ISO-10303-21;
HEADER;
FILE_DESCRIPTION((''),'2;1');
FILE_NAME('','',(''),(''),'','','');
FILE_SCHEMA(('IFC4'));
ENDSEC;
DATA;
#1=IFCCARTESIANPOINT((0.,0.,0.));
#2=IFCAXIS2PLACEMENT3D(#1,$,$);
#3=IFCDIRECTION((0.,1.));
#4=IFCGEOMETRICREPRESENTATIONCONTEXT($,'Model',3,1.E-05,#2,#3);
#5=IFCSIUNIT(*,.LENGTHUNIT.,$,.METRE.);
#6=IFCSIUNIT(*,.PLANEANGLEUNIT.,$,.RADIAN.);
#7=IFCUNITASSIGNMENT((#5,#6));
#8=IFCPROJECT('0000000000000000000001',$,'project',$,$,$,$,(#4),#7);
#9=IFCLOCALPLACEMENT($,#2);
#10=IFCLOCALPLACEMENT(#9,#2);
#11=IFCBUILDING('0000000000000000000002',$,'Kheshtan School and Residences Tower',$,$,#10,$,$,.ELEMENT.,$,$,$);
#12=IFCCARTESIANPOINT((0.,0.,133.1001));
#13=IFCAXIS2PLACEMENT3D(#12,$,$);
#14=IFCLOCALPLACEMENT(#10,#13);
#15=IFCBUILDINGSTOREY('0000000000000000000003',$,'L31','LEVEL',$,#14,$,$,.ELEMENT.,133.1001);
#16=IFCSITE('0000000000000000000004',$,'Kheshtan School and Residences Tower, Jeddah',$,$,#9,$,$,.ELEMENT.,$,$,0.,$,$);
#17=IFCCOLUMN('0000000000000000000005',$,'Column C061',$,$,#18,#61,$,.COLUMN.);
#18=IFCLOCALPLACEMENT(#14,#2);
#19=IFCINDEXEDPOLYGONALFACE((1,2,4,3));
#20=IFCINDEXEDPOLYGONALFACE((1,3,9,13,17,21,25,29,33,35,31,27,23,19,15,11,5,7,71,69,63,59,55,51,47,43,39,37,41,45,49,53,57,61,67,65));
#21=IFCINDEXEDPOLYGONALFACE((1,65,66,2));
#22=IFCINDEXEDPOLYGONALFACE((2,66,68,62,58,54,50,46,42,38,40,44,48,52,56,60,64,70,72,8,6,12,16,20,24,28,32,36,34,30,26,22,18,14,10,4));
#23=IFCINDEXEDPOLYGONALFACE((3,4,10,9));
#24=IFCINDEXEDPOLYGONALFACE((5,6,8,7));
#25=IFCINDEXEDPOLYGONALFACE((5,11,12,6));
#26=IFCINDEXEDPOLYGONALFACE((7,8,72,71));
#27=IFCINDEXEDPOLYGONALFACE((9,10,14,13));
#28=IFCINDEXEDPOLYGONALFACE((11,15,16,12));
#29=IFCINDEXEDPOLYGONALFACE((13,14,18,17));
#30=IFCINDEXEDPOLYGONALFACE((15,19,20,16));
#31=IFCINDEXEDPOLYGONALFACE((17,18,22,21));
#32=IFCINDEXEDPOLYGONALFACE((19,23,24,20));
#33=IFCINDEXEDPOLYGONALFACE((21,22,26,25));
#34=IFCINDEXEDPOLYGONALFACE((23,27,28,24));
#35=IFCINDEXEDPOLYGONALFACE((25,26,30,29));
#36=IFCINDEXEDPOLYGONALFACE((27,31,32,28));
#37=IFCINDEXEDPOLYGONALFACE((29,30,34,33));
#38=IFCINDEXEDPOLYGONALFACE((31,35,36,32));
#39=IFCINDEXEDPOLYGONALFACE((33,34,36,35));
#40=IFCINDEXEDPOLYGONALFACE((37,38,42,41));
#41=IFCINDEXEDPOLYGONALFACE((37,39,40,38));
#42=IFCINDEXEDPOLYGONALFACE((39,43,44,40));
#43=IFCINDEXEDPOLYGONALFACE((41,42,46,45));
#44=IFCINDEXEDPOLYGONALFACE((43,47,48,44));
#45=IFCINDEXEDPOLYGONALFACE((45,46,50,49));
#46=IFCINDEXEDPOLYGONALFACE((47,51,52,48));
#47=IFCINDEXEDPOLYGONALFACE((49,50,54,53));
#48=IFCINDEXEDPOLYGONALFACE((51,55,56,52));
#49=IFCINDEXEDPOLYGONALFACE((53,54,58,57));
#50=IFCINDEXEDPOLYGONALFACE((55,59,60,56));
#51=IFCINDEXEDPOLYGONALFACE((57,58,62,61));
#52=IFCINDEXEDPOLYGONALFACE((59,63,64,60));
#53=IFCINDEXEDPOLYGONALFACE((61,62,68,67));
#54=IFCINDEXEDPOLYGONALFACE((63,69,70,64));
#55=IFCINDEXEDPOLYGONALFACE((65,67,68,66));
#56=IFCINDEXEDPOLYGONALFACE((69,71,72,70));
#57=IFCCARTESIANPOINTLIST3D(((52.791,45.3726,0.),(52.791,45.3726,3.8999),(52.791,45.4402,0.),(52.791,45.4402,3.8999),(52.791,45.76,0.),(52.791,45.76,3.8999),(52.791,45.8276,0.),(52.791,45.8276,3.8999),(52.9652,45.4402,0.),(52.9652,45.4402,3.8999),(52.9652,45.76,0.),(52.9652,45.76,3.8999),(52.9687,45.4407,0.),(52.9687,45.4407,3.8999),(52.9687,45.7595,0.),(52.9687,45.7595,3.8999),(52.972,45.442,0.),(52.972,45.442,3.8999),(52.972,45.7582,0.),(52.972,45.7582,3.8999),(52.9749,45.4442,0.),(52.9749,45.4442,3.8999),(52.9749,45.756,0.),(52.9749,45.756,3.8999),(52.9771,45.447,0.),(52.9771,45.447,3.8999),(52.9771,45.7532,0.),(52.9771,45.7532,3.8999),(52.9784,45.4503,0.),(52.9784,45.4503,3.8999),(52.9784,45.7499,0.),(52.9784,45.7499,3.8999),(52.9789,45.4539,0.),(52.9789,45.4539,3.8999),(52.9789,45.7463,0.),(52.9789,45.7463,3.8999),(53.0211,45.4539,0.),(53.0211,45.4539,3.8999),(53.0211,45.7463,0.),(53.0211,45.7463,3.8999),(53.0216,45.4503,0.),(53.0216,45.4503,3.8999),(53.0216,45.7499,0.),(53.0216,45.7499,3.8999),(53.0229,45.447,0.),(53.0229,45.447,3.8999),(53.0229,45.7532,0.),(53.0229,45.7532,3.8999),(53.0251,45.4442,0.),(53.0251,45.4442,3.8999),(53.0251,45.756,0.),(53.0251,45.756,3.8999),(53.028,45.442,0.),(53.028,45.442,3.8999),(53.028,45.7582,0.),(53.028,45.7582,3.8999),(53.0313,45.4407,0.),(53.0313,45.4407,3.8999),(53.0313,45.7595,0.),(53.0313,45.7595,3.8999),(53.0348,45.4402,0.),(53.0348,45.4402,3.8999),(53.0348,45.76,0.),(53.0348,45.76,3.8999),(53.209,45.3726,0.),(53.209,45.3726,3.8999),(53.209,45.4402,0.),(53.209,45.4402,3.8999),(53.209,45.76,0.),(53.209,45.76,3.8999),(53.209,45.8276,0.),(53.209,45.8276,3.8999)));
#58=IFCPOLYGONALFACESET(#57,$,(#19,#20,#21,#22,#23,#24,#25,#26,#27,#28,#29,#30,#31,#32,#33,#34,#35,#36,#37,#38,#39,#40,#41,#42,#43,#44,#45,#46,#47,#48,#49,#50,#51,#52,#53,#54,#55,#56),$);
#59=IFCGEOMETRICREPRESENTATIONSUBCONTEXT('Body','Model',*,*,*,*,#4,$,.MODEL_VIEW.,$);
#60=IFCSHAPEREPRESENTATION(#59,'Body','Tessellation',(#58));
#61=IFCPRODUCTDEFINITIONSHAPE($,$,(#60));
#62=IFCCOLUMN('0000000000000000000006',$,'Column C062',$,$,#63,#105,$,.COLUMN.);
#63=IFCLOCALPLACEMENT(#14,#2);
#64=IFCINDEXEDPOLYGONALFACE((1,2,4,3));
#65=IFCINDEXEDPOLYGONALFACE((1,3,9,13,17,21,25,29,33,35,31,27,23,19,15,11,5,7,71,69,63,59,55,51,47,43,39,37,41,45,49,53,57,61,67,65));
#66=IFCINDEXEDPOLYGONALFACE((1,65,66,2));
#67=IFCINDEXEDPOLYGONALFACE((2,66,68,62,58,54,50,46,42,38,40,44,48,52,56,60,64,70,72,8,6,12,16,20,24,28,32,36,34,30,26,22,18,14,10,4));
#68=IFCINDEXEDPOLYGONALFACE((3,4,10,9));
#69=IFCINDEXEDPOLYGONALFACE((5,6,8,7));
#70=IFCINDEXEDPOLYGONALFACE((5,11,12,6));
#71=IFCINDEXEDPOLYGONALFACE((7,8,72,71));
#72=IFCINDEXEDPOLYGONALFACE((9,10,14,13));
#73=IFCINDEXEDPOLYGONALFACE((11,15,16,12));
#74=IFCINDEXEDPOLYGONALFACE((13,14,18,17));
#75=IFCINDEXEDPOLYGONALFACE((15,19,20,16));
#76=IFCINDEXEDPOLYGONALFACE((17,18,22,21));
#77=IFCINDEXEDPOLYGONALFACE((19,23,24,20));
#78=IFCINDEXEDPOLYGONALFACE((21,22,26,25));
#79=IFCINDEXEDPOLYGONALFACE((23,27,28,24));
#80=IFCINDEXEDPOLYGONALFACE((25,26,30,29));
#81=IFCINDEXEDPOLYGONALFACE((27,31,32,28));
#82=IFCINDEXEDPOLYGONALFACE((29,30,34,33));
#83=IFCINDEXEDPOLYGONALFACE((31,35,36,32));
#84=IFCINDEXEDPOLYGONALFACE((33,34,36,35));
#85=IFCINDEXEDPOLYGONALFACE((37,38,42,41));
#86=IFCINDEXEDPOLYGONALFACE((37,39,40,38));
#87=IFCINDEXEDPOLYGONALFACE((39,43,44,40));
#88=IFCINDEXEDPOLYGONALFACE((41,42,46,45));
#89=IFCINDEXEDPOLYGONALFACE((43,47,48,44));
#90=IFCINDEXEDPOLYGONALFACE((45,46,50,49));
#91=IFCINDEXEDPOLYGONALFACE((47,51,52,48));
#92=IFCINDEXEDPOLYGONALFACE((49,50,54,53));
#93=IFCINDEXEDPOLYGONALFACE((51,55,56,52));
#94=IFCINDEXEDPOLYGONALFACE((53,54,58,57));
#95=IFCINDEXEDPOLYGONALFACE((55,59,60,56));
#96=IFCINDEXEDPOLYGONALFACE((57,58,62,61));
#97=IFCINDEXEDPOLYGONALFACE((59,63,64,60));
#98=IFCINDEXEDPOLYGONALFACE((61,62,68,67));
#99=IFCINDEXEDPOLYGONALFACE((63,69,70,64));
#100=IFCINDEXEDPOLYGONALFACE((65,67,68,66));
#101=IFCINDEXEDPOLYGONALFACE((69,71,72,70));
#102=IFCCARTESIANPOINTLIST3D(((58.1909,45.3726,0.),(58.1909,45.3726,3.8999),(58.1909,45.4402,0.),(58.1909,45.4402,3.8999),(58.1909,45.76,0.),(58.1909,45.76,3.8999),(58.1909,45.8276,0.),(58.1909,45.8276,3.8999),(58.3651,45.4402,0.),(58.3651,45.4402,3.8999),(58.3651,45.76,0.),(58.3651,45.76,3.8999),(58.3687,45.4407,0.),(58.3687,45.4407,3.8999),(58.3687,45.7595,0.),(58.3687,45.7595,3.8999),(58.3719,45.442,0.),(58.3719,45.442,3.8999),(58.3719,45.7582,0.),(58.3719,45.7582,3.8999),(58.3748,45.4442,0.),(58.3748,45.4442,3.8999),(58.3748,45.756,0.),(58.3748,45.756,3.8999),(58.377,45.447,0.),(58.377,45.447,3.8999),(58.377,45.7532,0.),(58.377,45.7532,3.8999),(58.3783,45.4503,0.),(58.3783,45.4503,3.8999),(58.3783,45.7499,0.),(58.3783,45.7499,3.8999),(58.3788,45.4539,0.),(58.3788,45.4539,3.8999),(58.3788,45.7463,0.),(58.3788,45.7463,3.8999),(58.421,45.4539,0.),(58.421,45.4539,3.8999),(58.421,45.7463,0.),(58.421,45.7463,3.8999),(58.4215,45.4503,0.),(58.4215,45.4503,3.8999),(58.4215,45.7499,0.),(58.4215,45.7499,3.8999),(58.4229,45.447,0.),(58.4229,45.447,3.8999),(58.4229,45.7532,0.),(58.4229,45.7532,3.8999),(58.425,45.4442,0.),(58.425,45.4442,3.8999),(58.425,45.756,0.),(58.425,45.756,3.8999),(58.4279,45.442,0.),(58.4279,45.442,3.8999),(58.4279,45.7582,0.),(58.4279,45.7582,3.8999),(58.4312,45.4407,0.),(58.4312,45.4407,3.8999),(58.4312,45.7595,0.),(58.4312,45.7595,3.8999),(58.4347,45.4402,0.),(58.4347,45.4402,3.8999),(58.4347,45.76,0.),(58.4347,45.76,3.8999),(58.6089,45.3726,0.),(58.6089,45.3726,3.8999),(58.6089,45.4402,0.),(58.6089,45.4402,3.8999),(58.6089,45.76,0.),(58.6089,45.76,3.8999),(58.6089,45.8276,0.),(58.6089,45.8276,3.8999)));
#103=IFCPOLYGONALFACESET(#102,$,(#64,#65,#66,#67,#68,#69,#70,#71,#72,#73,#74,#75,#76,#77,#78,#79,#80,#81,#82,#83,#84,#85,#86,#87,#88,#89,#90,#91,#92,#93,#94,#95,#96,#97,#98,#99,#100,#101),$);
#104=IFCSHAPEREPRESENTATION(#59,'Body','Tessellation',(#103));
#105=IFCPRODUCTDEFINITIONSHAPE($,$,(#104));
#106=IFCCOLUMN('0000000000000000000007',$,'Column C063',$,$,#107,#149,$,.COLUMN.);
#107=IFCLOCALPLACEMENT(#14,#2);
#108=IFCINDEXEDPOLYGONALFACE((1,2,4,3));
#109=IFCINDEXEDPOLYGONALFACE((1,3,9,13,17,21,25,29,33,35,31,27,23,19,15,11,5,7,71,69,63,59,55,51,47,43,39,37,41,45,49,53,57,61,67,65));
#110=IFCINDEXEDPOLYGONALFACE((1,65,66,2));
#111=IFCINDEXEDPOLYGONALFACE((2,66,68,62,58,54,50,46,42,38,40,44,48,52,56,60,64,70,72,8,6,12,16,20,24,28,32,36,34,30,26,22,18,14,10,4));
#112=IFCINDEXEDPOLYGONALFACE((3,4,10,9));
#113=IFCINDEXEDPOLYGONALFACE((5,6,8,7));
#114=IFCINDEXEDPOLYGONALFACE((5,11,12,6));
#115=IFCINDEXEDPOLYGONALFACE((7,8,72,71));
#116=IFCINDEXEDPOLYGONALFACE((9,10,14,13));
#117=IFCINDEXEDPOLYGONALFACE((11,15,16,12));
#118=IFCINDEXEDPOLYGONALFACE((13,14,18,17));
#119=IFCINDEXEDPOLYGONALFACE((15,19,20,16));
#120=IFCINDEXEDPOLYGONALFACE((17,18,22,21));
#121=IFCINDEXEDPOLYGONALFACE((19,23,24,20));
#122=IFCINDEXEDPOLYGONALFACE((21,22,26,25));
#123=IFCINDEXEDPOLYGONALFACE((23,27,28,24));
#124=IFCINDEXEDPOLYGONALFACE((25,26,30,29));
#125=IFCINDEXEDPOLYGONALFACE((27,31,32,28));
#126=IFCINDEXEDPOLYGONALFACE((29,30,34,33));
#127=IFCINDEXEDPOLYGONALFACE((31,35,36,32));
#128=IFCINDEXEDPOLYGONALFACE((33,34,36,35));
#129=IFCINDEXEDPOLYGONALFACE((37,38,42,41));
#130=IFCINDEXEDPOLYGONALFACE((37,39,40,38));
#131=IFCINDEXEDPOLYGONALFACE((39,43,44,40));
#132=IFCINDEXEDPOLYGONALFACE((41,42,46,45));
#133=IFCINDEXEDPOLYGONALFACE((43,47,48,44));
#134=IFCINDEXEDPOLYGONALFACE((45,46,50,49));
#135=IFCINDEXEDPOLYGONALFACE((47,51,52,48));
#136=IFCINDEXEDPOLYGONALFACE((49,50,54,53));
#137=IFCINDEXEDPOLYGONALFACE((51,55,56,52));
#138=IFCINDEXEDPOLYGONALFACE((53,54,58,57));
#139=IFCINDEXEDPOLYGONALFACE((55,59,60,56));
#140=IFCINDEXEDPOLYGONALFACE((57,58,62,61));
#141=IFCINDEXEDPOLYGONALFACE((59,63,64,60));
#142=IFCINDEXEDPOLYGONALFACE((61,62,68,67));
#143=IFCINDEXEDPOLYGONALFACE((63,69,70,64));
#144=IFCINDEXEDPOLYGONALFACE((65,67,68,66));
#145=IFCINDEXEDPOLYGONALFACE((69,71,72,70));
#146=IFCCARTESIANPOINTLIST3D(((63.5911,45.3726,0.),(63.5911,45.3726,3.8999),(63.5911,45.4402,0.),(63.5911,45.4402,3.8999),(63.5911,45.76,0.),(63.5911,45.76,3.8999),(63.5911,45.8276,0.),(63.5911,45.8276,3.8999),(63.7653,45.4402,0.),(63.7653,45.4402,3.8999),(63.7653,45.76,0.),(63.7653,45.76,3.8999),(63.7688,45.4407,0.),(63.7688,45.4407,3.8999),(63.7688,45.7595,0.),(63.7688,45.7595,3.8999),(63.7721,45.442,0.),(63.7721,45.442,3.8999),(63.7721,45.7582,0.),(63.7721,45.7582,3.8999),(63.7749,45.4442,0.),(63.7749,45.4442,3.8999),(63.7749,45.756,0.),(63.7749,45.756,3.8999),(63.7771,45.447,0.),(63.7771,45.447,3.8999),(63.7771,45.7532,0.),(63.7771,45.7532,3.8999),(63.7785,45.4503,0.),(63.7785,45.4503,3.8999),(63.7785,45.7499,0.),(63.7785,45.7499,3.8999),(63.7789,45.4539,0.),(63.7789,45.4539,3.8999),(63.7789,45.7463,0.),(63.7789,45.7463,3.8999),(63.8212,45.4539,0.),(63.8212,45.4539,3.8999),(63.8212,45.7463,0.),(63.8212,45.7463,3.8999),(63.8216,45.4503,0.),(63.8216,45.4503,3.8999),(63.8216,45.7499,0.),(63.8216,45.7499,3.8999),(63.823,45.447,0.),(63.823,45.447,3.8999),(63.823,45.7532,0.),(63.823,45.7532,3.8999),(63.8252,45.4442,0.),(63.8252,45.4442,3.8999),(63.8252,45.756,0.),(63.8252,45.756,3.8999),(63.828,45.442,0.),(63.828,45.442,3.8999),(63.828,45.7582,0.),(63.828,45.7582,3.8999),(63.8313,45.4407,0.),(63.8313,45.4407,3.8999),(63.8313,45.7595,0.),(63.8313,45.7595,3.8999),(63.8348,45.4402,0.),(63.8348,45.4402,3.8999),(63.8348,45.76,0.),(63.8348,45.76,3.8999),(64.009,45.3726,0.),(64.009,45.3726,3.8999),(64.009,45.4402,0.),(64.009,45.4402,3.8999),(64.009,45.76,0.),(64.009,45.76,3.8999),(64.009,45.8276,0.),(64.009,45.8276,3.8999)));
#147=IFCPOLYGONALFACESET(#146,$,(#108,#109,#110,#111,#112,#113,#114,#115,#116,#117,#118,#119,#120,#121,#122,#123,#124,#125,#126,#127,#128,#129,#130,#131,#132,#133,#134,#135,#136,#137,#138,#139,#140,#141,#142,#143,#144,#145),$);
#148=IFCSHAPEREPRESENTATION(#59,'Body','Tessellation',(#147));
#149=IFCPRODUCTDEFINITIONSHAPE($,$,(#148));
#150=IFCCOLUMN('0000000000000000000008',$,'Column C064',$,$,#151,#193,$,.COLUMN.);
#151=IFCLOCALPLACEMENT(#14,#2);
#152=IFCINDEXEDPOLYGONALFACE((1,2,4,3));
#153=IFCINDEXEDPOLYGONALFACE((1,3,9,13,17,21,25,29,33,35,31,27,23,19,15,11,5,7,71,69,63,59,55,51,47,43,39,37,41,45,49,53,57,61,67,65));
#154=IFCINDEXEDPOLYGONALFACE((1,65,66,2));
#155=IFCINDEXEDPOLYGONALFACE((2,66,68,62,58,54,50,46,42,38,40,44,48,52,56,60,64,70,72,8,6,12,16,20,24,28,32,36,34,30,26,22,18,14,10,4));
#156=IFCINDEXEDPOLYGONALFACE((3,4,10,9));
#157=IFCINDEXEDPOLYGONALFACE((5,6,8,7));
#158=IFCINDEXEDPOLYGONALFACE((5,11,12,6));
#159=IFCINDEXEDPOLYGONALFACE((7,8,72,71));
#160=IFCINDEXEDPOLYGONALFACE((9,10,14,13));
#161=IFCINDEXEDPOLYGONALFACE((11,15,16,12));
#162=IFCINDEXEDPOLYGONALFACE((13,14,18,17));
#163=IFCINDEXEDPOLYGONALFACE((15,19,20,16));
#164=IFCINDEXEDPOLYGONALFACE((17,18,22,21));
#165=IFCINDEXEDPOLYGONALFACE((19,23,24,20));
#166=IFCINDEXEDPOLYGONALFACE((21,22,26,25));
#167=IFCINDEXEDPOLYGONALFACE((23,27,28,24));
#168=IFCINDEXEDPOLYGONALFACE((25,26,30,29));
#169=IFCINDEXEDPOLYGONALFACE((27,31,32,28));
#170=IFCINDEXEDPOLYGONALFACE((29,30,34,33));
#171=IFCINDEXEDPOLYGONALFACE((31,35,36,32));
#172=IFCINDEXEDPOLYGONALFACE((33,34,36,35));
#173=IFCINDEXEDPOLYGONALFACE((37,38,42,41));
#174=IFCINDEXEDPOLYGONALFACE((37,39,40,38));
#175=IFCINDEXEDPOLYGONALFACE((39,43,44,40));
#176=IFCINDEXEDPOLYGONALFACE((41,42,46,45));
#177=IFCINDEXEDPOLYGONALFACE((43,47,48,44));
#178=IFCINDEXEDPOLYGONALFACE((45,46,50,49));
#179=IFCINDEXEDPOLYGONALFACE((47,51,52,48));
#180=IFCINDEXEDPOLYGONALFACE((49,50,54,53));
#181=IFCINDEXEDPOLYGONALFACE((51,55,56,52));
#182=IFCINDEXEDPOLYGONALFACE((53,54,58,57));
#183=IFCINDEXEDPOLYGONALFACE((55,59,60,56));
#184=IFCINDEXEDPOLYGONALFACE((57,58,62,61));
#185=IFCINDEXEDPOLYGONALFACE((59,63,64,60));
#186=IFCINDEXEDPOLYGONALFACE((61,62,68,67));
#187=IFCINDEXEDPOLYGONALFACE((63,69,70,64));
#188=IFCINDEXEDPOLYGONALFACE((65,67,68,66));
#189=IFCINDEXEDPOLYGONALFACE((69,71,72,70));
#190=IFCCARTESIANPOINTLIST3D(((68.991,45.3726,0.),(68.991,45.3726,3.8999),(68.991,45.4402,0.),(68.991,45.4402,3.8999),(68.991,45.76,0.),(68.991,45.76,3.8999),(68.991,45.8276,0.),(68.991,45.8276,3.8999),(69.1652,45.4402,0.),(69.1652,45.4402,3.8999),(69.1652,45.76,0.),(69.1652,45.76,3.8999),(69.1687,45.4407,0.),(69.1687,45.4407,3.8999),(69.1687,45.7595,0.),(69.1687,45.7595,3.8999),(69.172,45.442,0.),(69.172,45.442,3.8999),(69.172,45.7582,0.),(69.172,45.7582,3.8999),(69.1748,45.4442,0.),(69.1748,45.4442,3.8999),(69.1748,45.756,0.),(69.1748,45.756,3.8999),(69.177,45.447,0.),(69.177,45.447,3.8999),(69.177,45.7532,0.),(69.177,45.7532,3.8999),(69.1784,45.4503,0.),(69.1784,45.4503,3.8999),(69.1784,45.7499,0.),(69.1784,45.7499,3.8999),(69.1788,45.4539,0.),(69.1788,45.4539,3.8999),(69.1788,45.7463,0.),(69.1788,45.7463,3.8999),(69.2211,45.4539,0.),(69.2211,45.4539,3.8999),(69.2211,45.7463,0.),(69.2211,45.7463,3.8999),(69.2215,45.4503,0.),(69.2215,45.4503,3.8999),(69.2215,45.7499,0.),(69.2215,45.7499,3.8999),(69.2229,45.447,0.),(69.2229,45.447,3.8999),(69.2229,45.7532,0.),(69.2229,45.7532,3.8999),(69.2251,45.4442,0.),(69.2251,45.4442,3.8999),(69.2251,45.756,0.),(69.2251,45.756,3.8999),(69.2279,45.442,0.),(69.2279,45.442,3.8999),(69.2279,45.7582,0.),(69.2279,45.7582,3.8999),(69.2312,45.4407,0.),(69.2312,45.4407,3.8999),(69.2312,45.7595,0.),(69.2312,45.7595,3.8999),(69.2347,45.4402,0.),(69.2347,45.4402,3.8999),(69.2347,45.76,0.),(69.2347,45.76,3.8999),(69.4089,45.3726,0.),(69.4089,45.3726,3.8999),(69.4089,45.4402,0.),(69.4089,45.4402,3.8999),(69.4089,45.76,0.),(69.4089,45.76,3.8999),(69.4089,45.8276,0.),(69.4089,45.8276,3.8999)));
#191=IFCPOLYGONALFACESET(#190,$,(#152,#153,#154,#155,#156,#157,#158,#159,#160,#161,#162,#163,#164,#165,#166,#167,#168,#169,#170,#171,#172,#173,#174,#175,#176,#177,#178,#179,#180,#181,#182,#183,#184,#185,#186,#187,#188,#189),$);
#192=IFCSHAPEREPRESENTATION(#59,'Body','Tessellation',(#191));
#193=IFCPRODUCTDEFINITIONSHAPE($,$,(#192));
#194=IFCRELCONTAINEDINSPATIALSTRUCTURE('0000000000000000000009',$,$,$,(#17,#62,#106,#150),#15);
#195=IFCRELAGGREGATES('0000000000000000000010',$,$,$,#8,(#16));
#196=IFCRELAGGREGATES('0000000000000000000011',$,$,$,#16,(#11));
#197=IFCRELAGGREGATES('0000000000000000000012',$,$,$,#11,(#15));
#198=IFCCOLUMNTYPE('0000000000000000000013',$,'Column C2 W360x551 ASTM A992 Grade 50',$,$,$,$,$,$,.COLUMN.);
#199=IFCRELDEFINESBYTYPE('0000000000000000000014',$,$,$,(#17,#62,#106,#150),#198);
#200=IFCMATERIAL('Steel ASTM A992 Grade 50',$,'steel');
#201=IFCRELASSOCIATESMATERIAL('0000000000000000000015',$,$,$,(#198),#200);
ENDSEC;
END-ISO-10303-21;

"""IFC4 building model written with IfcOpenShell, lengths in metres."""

from ifc_helpers import new_model, si_unit, direction, frame, origin, origin_2d, place, context, subcontext, project, spatial, i_section, extrude, material, material_profile, profile_set, type_object, element, save


model = new_model("IFC4")

# Units and contexts
model_context = context("Model", 3, precision=1e-05, world=origin(), true_north=direction((0.0, 1.0)))
body_context = subcontext(model_context, "Body", "Model", "MODEL_VIEW")
ifc_project = project(units=[si_unit("LENGTHUNIT", "METRE"), si_unit("PLANEANGLEUNIT", "RADIAN")], contexts=[model_context])

# Site, building, storey
site_placement = place(None, origin())
site = spatial("IfcSite", under=ifc_project, at=site_placement, Name="Kheshtan School and Residences Tower, Jeddah", CompositionType="ELEMENT", RefElevation=0.0)
building_placement = place(site_placement, origin())
building = spatial("IfcBuilding", under=site, at=building_placement, Name="Kheshtan School and Residences Tower", CompositionType="ELEMENT")
storey_placement = place(building_placement, frame((0.0, 0.0, 133.1001)))
storey = spatial("IfcBuildingStorey", under=building, at=storey_placement, Name="L31", Description="LEVEL", CompositionType="ELEMENT", Elevation=133.1001)

# Columns
ifc_material_1 = material(Name="Steel ASTM A992 Grade 50", Category="steel")
ifc_material_profile_1 = material_profile(ifc_material_1, i_section(OverallWidth=0.418, OverallDepth=0.4551, WebThickness=0.0422, FlangeThickness=0.0676, FilletRadius=0.0137, at=origin_2d()), Name="W360x551")
ifc_profile_set_1 = profile_set([ifc_material_profile_1], Name="Steel ASTM A992 Grade 50")
column_type = type_object("IfcColumnType", Name="Column C2 W360x551 ASTM A992 Grade 50", PredefinedType="COLUMN", material=ifc_profile_set_1)
for number, where, z_axis, x_axis, name in (
    (1, (53.0, 45.6001, 0.0), (0.0, 0.0, 1.0), (1.0, 0.0, 0.0), "Column C061"),
    (2, (58.3999, 45.6001, 0.0), (0.0, 0.0, 1.0), (1.0, 0.0, 0.0), "Column C062"),
    (3, (63.8, 45.6001, 0.0), (0.0, 0.0, 1.0), (1.0, 0.0, 0.0), "Column C063"),
    (4, (69.2, 45.6001, 0.0), (0.0, 0.0, 1.0), (1.0, 0.0, 0.0), "Column C064"),
):
    element("IfcColumn", number, at=place(storey_placement, frame(where, z_axis=z_axis, x_axis=x_axis)), inside=storey, type_object=column_type, Name=name, PredefinedType="COLUMN", context=body_context, shape_type="SweptSolid", body=[
        extrude(i_section(OverallWidth=0.418, OverallDepth=0.4551, WebThickness=0.0422, FlangeThickness=0.0676, FilletRadius=0.0137, at=origin_2d()), origin(), (0.0, 0.0, 1.0), 3.8999),
    ])

save(model, "model.ifc")
